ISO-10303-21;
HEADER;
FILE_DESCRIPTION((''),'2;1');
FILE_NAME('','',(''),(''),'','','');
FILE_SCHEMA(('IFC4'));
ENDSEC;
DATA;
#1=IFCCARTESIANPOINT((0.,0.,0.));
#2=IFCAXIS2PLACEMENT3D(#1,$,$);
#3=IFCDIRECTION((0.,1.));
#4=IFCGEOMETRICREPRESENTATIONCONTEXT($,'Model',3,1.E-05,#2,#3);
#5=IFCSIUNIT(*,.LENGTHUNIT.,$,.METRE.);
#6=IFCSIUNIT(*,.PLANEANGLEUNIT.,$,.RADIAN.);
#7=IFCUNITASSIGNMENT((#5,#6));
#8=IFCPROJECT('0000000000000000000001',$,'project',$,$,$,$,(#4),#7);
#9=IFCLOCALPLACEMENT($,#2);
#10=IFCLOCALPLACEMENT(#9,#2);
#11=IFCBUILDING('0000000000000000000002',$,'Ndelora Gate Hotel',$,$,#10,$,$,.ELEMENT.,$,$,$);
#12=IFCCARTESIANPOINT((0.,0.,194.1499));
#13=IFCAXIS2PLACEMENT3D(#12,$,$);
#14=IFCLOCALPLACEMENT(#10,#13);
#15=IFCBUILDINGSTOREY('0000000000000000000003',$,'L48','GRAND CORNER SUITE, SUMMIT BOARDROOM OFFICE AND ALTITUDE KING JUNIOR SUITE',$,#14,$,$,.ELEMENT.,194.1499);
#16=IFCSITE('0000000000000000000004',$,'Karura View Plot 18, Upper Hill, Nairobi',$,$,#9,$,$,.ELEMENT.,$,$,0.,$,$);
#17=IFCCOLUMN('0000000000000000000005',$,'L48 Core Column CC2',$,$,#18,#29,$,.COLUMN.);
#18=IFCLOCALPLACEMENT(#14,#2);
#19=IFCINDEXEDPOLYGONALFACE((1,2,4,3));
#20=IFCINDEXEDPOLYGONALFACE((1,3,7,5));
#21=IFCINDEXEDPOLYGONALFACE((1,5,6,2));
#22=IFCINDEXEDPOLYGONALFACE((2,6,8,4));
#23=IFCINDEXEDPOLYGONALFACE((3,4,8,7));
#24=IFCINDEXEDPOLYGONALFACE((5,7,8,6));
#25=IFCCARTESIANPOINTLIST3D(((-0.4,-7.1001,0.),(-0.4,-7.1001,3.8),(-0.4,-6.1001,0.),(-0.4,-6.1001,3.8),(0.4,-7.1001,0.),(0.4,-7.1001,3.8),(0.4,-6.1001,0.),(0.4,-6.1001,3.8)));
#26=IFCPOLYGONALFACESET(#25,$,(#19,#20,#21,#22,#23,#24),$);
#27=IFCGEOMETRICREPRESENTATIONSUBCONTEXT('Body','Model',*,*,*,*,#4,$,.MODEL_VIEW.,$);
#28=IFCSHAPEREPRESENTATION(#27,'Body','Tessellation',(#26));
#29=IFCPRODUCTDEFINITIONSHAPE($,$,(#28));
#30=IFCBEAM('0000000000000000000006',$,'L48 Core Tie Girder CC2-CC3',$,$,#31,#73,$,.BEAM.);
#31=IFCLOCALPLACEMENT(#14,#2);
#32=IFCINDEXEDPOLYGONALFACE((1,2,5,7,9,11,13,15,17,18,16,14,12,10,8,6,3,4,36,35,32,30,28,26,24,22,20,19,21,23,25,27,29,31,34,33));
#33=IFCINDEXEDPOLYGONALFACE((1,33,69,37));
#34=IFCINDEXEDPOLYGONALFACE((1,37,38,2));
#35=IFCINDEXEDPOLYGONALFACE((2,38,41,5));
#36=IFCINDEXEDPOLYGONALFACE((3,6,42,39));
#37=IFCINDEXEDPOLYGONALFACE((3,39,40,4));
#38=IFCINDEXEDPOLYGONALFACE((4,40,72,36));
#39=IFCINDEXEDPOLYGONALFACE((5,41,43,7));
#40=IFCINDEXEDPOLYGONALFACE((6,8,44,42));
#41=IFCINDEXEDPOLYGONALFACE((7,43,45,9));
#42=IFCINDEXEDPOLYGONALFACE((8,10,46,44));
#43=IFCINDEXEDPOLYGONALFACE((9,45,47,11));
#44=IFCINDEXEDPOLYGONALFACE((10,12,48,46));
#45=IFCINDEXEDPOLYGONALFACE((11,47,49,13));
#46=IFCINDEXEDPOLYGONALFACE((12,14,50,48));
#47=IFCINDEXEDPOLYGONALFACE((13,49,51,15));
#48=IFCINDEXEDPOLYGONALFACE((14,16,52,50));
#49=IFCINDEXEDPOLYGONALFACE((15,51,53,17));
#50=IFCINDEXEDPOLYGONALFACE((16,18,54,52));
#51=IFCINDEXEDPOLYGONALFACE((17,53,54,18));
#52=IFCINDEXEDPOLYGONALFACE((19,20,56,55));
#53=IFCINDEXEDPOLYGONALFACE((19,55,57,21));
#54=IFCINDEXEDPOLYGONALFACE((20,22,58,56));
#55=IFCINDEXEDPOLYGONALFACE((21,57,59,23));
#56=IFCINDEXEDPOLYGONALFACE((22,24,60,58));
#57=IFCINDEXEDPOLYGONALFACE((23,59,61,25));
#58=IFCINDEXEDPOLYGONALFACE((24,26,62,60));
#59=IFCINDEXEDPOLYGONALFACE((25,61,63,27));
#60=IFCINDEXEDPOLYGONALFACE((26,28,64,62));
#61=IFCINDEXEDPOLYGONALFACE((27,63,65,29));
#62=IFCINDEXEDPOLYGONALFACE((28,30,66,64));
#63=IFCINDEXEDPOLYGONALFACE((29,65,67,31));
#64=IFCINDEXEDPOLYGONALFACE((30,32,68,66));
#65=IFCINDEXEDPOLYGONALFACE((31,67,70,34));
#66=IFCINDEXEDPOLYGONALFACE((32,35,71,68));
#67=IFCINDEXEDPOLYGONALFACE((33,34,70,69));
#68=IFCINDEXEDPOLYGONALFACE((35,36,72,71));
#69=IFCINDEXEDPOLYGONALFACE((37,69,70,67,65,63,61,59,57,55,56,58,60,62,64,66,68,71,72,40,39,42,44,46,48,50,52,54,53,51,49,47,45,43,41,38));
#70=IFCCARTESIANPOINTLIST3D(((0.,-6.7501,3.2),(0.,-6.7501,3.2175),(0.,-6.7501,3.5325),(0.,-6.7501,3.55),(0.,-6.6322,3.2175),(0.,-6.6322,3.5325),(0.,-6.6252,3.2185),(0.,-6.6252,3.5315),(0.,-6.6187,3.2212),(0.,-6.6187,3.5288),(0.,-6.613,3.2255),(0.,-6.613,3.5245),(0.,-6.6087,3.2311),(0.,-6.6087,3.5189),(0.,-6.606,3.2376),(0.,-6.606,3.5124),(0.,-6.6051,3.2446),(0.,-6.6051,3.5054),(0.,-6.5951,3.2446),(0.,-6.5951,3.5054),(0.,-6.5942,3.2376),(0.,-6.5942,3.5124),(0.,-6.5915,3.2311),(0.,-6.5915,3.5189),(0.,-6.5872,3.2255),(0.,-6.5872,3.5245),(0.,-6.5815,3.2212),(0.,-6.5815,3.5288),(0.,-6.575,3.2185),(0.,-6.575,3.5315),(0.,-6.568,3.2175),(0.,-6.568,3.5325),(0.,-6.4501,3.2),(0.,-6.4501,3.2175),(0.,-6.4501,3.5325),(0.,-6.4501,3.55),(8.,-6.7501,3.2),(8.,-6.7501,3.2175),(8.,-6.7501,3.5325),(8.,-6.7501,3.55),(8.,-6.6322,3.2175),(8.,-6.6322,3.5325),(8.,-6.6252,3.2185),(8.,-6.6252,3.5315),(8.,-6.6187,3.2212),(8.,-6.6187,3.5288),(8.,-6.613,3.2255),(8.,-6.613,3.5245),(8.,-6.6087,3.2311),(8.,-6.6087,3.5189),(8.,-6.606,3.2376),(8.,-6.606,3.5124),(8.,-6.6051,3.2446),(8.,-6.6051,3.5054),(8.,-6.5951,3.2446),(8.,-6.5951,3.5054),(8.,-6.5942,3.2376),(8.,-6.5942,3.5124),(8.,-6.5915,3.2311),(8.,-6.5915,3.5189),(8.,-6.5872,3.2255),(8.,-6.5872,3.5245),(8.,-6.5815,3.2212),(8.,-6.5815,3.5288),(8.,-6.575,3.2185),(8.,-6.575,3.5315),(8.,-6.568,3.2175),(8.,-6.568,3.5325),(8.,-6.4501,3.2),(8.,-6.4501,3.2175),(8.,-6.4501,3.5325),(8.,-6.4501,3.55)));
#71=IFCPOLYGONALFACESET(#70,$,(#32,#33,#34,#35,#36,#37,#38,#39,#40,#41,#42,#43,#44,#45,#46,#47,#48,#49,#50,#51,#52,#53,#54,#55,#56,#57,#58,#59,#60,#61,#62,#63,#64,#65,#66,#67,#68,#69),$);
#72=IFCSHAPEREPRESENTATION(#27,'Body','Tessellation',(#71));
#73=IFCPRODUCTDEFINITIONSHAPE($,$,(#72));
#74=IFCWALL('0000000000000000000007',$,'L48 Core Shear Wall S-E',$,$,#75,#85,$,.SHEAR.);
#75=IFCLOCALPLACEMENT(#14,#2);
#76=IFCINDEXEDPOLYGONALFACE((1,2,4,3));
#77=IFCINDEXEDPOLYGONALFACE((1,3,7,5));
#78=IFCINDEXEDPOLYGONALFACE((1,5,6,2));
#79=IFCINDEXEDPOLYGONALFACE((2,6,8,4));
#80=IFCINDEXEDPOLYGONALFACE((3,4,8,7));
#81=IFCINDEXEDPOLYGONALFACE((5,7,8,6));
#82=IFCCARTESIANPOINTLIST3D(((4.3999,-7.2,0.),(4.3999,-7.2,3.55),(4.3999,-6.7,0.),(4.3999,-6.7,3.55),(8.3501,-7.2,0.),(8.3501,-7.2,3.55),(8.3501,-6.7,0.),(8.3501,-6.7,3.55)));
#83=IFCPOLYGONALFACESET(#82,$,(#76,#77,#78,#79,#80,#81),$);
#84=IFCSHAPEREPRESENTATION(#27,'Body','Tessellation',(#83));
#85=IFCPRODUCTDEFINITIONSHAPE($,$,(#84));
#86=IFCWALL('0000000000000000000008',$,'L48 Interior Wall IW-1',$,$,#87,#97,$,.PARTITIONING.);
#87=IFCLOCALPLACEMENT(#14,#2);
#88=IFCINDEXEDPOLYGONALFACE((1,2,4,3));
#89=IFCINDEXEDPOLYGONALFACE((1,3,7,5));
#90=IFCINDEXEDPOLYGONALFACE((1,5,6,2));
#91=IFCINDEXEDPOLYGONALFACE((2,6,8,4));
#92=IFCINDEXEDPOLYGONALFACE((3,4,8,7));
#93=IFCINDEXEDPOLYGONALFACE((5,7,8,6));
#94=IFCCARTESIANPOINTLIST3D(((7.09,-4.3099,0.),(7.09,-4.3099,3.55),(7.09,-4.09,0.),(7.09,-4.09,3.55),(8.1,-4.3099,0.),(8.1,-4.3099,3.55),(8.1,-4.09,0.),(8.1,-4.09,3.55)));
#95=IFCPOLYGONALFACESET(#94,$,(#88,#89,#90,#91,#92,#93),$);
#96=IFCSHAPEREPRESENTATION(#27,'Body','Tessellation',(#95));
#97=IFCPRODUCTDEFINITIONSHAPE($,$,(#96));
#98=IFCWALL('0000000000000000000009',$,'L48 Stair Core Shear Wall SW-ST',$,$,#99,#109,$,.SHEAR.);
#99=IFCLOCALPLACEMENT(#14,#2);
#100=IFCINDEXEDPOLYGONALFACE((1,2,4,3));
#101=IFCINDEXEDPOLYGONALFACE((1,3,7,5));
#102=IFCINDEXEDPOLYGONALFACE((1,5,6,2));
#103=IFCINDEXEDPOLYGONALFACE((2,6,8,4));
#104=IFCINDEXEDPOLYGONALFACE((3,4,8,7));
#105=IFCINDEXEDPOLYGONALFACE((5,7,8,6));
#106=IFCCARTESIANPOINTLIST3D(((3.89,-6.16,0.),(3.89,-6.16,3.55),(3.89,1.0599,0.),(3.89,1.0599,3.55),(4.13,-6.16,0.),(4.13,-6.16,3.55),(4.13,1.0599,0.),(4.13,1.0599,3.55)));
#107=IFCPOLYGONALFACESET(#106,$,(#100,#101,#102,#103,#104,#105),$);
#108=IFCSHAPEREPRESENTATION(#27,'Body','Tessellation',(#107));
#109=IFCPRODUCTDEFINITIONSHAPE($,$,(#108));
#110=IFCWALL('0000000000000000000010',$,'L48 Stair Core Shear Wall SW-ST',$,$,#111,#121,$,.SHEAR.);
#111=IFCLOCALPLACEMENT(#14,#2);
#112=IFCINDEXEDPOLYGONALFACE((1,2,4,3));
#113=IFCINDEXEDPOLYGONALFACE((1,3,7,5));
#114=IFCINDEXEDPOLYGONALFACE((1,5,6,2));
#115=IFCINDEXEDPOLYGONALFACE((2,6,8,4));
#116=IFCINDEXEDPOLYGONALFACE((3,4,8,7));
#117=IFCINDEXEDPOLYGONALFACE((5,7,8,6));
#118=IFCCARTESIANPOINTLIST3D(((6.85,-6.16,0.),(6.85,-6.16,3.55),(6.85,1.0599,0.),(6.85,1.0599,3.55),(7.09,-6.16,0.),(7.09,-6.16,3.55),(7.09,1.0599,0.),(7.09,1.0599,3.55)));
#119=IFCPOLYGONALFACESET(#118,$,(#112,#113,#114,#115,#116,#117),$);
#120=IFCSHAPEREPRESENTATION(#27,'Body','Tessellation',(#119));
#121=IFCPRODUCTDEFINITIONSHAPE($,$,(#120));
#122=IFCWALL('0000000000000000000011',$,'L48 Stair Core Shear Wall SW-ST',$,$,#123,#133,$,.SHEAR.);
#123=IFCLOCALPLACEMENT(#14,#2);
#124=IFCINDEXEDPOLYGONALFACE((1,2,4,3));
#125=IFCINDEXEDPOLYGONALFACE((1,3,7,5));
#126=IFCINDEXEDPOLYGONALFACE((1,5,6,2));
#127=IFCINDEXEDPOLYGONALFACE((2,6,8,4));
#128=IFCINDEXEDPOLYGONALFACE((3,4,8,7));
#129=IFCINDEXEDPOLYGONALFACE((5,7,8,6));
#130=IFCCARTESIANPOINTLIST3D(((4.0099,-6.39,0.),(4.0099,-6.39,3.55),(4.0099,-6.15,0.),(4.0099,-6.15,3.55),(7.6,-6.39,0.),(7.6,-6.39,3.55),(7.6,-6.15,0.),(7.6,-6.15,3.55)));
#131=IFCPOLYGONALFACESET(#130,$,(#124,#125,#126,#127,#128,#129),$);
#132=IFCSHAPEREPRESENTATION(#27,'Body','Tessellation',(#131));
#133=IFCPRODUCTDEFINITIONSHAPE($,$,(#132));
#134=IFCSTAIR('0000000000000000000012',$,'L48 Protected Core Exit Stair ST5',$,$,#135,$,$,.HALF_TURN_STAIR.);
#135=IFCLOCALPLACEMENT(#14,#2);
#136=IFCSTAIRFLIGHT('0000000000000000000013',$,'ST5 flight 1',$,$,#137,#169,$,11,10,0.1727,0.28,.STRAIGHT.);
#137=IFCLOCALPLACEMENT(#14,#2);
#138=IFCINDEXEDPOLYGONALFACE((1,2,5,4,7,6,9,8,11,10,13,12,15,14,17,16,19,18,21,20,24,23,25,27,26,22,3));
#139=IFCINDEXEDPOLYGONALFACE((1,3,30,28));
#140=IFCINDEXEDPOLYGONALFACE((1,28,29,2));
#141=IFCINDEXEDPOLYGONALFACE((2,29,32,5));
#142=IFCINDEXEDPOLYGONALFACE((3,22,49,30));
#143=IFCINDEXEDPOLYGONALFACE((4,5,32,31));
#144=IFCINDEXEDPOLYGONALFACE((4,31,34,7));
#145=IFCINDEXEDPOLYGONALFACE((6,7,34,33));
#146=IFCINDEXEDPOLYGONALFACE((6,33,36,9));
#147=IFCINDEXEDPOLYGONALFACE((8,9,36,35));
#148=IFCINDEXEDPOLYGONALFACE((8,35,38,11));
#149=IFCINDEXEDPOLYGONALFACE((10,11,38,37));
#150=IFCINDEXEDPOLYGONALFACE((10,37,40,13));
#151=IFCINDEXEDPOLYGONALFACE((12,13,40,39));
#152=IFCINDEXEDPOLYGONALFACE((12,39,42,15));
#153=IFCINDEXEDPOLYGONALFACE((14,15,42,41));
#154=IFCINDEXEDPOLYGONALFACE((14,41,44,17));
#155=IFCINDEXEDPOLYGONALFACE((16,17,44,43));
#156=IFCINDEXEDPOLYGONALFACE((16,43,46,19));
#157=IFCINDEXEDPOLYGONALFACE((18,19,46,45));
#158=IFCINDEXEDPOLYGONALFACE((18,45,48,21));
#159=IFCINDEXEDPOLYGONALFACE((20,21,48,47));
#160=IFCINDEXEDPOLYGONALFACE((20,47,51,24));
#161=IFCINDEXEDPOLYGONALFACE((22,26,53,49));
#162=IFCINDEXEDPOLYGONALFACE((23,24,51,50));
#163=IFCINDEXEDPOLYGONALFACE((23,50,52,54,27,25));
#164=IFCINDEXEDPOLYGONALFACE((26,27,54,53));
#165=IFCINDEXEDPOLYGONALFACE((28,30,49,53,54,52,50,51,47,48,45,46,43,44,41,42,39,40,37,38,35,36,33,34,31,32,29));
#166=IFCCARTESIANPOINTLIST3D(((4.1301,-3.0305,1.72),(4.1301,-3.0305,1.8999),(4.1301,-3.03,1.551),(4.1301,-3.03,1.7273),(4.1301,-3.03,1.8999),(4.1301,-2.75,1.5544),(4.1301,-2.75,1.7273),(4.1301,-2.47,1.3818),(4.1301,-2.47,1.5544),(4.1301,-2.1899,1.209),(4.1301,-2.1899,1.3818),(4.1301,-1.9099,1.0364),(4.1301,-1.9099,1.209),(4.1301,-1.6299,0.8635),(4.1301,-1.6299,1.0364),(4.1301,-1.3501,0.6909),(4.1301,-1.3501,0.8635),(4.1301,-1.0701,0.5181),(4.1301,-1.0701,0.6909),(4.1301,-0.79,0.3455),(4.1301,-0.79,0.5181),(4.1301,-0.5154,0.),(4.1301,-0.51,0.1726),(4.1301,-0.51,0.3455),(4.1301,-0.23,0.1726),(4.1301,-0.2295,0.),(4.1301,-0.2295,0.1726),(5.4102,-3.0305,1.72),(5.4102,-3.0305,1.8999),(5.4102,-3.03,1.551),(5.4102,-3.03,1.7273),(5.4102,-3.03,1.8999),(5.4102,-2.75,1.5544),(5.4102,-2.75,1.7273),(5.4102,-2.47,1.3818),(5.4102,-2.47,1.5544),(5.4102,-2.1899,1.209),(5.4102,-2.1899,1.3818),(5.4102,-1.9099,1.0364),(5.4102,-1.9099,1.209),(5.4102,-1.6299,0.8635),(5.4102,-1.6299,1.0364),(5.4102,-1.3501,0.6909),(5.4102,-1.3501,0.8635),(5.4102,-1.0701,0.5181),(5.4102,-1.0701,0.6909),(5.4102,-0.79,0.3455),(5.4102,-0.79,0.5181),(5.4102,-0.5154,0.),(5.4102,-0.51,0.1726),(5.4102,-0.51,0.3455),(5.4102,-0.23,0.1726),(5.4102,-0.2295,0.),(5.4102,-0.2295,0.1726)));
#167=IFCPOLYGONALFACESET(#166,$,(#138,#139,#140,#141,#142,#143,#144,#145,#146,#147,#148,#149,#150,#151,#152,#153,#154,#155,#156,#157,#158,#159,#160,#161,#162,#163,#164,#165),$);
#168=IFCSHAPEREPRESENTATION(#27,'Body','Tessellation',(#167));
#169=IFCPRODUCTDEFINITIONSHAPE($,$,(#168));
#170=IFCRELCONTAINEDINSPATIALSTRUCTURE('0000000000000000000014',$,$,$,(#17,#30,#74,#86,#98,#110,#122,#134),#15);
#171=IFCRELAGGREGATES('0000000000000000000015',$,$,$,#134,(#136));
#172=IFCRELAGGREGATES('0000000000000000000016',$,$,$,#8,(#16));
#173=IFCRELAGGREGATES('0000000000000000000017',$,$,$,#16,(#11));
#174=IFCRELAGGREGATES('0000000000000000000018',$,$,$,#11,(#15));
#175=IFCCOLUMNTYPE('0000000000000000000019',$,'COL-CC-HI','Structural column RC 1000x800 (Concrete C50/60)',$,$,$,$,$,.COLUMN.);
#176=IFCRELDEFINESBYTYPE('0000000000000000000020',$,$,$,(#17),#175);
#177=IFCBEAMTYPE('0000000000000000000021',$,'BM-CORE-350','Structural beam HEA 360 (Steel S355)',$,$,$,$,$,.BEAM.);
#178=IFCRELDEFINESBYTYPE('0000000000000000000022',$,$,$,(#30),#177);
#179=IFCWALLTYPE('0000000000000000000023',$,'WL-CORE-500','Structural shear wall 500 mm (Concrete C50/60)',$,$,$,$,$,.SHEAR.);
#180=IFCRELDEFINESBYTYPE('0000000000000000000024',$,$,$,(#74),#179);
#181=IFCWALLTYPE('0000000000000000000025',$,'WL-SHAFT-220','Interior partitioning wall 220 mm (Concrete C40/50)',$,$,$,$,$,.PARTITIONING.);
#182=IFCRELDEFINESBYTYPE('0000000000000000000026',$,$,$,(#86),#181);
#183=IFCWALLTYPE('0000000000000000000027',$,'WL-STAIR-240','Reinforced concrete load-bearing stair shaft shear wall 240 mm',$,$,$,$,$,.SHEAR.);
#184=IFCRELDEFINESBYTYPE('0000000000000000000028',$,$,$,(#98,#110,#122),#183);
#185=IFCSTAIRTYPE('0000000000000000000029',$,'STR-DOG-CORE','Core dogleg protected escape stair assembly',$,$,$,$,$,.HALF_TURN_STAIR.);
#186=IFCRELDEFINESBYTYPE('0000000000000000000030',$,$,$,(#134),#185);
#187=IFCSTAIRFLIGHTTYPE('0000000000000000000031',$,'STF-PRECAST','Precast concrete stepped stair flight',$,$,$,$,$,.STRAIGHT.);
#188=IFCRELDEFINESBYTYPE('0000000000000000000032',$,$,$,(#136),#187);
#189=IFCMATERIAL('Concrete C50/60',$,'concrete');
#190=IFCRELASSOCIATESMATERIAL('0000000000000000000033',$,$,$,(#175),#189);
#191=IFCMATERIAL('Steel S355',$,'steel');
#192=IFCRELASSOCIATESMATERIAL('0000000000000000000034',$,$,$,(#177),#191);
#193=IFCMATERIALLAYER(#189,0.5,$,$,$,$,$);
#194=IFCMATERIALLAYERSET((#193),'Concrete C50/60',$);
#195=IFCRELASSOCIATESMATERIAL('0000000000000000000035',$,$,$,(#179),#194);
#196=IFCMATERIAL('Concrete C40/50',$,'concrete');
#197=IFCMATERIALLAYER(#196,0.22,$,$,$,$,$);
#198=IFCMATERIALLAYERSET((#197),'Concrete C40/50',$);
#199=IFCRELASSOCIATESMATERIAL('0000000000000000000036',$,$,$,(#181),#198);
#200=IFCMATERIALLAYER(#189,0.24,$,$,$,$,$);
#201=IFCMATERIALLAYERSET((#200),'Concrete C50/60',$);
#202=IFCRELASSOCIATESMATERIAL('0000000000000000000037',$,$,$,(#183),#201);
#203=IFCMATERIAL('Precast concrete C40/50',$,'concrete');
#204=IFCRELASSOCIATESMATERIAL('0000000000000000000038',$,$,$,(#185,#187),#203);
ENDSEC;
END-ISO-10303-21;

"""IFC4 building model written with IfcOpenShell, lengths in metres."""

from ifc_helpers import new_model, si_unit, direction, frame, frame_2d, origin, origin_2d, place, context, subcontext, project, spatial, polyline, rectangle, i_section, outline, extrude, material, layer, layer_set, material_profile, profile_set, type_object, element, aggregate, save


model = new_model("IFC4")

# Units and contexts
model_context = context("Model", 3, precision=1e-05, world=origin(), true_north=direction((0.0, 1.0)))
body_context = subcontext(model_context, "Body", "Model", "MODEL_VIEW")
ifc_project = project(units=[si_unit("LENGTHUNIT", "METRE"), si_unit("PLANEANGLEUNIT", "RADIAN")], contexts=[model_context])

# Site, building, storey
site_placement = place(None, origin())
site = spatial("IfcSite", under=ifc_project, at=site_placement, Name="Karura View Plot 18, Upper Hill, Nairobi", CompositionType="ELEMENT", RefElevation=0.0)
building_placement = place(site_placement, origin())
building = spatial("IfcBuilding", under=site, at=building_placement, Name="Ndelora Gate Hotel", CompositionType="ELEMENT")
storey_placement = place(building_placement, frame((0.0, 0.0, 194.1499)))
storey = spatial("IfcBuildingStorey", under=building, at=storey_placement, Name="L48", Description="GRAND CORNER SUITE, SUMMIT BOARDROOM OFFICE AND ALTITUDE KING JUNIOR SUITE", CompositionType="ELEMENT", Elevation=194.1499)

# Column
ifc_material_1 = material(Name="Concrete C50/60", Category="concrete")
ifc_material_profile_1 = material_profile(ifc_material_1, rectangle(XDim=0.8, YDim=1.0, at=origin_2d()), Name="RC 1000x800")
ifc_profile_set_1 = profile_set([ifc_material_profile_1], Name="Concrete C50/60")
column_type = type_object("IfcColumnType", Name="COL-CC-HI", Description="Structural column RC 1000x800 (Concrete C50/60)", PredefinedType="COLUMN", material=ifc_profile_set_1)
column_placement = place(storey_placement, frame((0.0, -6.6001, 0.0), z_axis=(0.0, 0.0, 1.0), x_axis=(1.0, 0.0, 0.0)))
element("IfcColumn", 1, at=column_placement, inside=storey, type_object=column_type, Name="L48 Core Column CC2", PredefinedType="COLUMN", context=body_context, shape_type="SweptSolid", body=[
    extrude(rectangle(XDim=0.8, YDim=1.0, at=origin_2d()), origin(), (0.0, 0.0, 1.0), 3.8),
])

# Beam
ifc_material_2 = material(Name="Steel S355", Category="steel")
ifc_material_profile_2 = material_profile(ifc_material_2, i_section(OverallWidth=0.3, OverallDepth=0.3501, WebThickness=0.01, FlangeThickness=0.0176, FilletRadius=0.0271, at=origin_2d()), Name="HEA 360")
ifc_profile_set_2 = profile_set([ifc_material_profile_2], Name="Steel S355")
beam_type = type_object("IfcBeamType", Name="BM-CORE-350", Description="Structural beam HEA 360 (Steel S355)", PredefinedType="BEAM", material=ifc_profile_set_2)
beam_placement = place(storey_placement, frame((0.0, -6.6001, 3.375), z_axis=(1.0, 0.0, 0.0), x_axis=(0.0, 1.0, 0.0)))
element("IfcBeam", 2, at=beam_placement, inside=storey, type_object=beam_type, Name="L48 Core Tie Girder CC2-CC3", PredefinedType="BEAM", context=body_context, shape_type="SweptSolid", body=[
    extrude(i_section(OverallWidth=0.3, OverallDepth=0.3501, WebThickness=0.01, FlangeThickness=0.0176, FilletRadius=0.0271, at=origin_2d()), origin(), (0.0, 0.0, 1.0), 8.0),
])

# Walls
ifc_layer_1 = layer(ifc_material_1, 0.5)
ifc_layer_set_1 = layer_set([ifc_layer_1], Name="Concrete C50/60")
wall_type_1 = type_object("IfcWallType", Name="WL-CORE-500", Description="Structural shear wall 500 mm (Concrete C50/60)", PredefinedType="SHEAR", material=ifc_layer_set_1)
wall_1_placement = place(storey_placement, frame((4.3999, -6.95, 0.0), z_axis=(0.0, 0.0, 1.0), x_axis=(1.0, 0.0, 0.0)))
element("IfcWall", 3, at=wall_1_placement, inside=storey, type_object=wall_type_1, Name="L48 Core Shear Wall S-E", PredefinedType="SHEAR", context=body_context, shape_type="SweptSolid", body=[
    extrude(rectangle(XDim=3.9502, YDim=0.5, at=frame_2d((1.9751, 0.0))), origin(), (0.0, 0.0, 1.0), 3.55),
])
ifc_material_3 = material(Name="Concrete C40/50", Category="concrete")
ifc_layer_2 = layer(ifc_material_3, 0.22)
ifc_layer_set_2 = layer_set([ifc_layer_2], Name="Concrete C40/50")
wall_type_2 = type_object("IfcWallType", Name="WL-SHAFT-220", Description="Interior partitioning wall 220 mm (Concrete C40/50)", PredefinedType="PARTITIONING", material=ifc_layer_set_2)
wall_2_placement = place(storey_placement, frame((7.0901, -4.2, 0.0), z_axis=(0.0, 0.0, 1.0), x_axis=(1.0, 0.0, 0.0)))
element("IfcWall", 4, at=wall_2_placement, inside=storey, type_object=wall_type_2, Name="L48 Interior Wall IW-1", PredefinedType="PARTITIONING", context=body_context, shape_type="SweptSolid", body=[
    extrude(rectangle(XDim=1.01, YDim=0.22, at=frame_2d((0.5049, 0.0))), origin(), (0.0, 0.0, 1.0), 3.55),
])
ifc_layer_3 = layer(ifc_material_1, 0.24)
ifc_layer_set_3 = layer_set([ifc_layer_3], Name="Concrete C50/60")
wall_type_3 = type_object("IfcWallType", Name="WL-STAIR-240", Description="Reinforced concrete load-bearing stair shaft shear wall 240 mm", PredefinedType="SHEAR", material=ifc_layer_set_3)
for number, where, z_axis, x_axis, name in (
    (5, (4.01, -6.1599, 0.0), (0.0, 0.0, 1.0), (0.0, 1.0, 0.0), "L48 Stair Core Shear Wall SW-ST"),
    (6, (6.97, -6.1599, 0.0), (0.0, 0.0, 1.0), (0.0, 1.0, 0.0), "L48 Stair Core Shear Wall SW-ST"),
):
    element("IfcWall", number, at=place(storey_placement, frame(where, z_axis=z_axis, x_axis=x_axis)), inside=storey, type_object=wall_type_3, Name=name, PredefinedType="SHEAR", context=body_context, shape_type="SweptSolid", body=[
        extrude(rectangle(XDim=7.22, YDim=0.24, at=frame_2d((3.6099, 0.0))), origin(), (0.0, 0.0, 1.0), 3.55),
    ])
wall_3_placement = place(storey_placement, frame((4.01, -6.27, 0.0), z_axis=(0.0, 0.0, 1.0), x_axis=(1.0, 0.0, 0.0)))
element("IfcWall", 7, at=wall_3_placement, inside=storey, type_object=wall_type_3, Name="L48 Stair Core Shear Wall SW-ST", PredefinedType="SHEAR", context=body_context, shape_type="SweptSolid", body=[
    extrude(rectangle(XDim=3.5901, YDim=0.24, at=frame_2d((1.7949, 0.0))), origin(), (0.0, 0.0, 1.0), 3.55),
])

# Stair, stair flight
ifc_material_4 = material(Name="Precast concrete C40/50", Category="concrete")
stair_type = type_object("IfcStairType", Name="STR-DOG-CORE", Description="Core dogleg protected escape stair assembly", PredefinedType="HALF_TURN_STAIR", material=ifc_material_4)
stair_placement = place(storey_placement, origin())
stair = element("IfcStair", 8, at=stair_placement, inside=storey, type_object=stair_type, Name="L48 Protected Core Exit Stair ST5", PredefinedType="HALF_TURN_STAIR")
stair_flight_type = type_object("IfcStairFlightType", Name="STF-PRECAST", Description="Precast concrete stepped stair flight", PredefinedType="STRAIGHT", material=ifc_material_4)
stair_flight_1_placement = place(storey_placement, frame((4.77, -0.23, 0.0), z_axis=(0.0, 0.0, 1.0), x_axis=(0.0, -1.0, 0.0)))
stair_flight_1 = element("IfcStairFlight", 9, at=stair_flight_1_placement, type_object=stair_flight_type, Name="ST5 flight 1", NumberOfRisers=11, NumberOfTreads=10, PredefinedType="STRAIGHT", RiserHeight=0.1727, TreadLength=0.28, context=body_context, shape_type="SweptSolid", body=[
    extrude(outline(polyline([(-0.0005, 0.0), (-0.0005, 0.1726), (0.0, 0.1726), (0.28, 0.1726), (0.28, 0.3455), (0.5601, 0.3455), (0.5601, 0.5181), (0.8401, 0.5181), (0.8401, 0.6909), (1.1201, 0.6909), (1.1201, 0.8635), (1.3999, 0.8635), (1.3999, 1.0364), (1.6799, 1.0364), (1.6799, 1.209), (1.96, 1.209), (1.96, 1.3818), (2.24, 1.3818), (2.24, 1.5544), (2.52, 1.5544), (2.52, 1.7273), (2.8, 1.7273), (2.8, 1.8999), (2.8005, 1.8999), (2.8005, 1.72), (2.8, 1.551), (0.2854, 0.0), (-0.0005, 0.0)])), frame((0.0, 0.6401, 0.0), z_axis=(0.0, -1.0, 0.0), x_axis=(1.0, 0.0, 0.0)), (0.0, 0.0, 1.0), 1.28),
])
aggregate(stair, [stair_flight_1])

save(model, "model.ifc")
